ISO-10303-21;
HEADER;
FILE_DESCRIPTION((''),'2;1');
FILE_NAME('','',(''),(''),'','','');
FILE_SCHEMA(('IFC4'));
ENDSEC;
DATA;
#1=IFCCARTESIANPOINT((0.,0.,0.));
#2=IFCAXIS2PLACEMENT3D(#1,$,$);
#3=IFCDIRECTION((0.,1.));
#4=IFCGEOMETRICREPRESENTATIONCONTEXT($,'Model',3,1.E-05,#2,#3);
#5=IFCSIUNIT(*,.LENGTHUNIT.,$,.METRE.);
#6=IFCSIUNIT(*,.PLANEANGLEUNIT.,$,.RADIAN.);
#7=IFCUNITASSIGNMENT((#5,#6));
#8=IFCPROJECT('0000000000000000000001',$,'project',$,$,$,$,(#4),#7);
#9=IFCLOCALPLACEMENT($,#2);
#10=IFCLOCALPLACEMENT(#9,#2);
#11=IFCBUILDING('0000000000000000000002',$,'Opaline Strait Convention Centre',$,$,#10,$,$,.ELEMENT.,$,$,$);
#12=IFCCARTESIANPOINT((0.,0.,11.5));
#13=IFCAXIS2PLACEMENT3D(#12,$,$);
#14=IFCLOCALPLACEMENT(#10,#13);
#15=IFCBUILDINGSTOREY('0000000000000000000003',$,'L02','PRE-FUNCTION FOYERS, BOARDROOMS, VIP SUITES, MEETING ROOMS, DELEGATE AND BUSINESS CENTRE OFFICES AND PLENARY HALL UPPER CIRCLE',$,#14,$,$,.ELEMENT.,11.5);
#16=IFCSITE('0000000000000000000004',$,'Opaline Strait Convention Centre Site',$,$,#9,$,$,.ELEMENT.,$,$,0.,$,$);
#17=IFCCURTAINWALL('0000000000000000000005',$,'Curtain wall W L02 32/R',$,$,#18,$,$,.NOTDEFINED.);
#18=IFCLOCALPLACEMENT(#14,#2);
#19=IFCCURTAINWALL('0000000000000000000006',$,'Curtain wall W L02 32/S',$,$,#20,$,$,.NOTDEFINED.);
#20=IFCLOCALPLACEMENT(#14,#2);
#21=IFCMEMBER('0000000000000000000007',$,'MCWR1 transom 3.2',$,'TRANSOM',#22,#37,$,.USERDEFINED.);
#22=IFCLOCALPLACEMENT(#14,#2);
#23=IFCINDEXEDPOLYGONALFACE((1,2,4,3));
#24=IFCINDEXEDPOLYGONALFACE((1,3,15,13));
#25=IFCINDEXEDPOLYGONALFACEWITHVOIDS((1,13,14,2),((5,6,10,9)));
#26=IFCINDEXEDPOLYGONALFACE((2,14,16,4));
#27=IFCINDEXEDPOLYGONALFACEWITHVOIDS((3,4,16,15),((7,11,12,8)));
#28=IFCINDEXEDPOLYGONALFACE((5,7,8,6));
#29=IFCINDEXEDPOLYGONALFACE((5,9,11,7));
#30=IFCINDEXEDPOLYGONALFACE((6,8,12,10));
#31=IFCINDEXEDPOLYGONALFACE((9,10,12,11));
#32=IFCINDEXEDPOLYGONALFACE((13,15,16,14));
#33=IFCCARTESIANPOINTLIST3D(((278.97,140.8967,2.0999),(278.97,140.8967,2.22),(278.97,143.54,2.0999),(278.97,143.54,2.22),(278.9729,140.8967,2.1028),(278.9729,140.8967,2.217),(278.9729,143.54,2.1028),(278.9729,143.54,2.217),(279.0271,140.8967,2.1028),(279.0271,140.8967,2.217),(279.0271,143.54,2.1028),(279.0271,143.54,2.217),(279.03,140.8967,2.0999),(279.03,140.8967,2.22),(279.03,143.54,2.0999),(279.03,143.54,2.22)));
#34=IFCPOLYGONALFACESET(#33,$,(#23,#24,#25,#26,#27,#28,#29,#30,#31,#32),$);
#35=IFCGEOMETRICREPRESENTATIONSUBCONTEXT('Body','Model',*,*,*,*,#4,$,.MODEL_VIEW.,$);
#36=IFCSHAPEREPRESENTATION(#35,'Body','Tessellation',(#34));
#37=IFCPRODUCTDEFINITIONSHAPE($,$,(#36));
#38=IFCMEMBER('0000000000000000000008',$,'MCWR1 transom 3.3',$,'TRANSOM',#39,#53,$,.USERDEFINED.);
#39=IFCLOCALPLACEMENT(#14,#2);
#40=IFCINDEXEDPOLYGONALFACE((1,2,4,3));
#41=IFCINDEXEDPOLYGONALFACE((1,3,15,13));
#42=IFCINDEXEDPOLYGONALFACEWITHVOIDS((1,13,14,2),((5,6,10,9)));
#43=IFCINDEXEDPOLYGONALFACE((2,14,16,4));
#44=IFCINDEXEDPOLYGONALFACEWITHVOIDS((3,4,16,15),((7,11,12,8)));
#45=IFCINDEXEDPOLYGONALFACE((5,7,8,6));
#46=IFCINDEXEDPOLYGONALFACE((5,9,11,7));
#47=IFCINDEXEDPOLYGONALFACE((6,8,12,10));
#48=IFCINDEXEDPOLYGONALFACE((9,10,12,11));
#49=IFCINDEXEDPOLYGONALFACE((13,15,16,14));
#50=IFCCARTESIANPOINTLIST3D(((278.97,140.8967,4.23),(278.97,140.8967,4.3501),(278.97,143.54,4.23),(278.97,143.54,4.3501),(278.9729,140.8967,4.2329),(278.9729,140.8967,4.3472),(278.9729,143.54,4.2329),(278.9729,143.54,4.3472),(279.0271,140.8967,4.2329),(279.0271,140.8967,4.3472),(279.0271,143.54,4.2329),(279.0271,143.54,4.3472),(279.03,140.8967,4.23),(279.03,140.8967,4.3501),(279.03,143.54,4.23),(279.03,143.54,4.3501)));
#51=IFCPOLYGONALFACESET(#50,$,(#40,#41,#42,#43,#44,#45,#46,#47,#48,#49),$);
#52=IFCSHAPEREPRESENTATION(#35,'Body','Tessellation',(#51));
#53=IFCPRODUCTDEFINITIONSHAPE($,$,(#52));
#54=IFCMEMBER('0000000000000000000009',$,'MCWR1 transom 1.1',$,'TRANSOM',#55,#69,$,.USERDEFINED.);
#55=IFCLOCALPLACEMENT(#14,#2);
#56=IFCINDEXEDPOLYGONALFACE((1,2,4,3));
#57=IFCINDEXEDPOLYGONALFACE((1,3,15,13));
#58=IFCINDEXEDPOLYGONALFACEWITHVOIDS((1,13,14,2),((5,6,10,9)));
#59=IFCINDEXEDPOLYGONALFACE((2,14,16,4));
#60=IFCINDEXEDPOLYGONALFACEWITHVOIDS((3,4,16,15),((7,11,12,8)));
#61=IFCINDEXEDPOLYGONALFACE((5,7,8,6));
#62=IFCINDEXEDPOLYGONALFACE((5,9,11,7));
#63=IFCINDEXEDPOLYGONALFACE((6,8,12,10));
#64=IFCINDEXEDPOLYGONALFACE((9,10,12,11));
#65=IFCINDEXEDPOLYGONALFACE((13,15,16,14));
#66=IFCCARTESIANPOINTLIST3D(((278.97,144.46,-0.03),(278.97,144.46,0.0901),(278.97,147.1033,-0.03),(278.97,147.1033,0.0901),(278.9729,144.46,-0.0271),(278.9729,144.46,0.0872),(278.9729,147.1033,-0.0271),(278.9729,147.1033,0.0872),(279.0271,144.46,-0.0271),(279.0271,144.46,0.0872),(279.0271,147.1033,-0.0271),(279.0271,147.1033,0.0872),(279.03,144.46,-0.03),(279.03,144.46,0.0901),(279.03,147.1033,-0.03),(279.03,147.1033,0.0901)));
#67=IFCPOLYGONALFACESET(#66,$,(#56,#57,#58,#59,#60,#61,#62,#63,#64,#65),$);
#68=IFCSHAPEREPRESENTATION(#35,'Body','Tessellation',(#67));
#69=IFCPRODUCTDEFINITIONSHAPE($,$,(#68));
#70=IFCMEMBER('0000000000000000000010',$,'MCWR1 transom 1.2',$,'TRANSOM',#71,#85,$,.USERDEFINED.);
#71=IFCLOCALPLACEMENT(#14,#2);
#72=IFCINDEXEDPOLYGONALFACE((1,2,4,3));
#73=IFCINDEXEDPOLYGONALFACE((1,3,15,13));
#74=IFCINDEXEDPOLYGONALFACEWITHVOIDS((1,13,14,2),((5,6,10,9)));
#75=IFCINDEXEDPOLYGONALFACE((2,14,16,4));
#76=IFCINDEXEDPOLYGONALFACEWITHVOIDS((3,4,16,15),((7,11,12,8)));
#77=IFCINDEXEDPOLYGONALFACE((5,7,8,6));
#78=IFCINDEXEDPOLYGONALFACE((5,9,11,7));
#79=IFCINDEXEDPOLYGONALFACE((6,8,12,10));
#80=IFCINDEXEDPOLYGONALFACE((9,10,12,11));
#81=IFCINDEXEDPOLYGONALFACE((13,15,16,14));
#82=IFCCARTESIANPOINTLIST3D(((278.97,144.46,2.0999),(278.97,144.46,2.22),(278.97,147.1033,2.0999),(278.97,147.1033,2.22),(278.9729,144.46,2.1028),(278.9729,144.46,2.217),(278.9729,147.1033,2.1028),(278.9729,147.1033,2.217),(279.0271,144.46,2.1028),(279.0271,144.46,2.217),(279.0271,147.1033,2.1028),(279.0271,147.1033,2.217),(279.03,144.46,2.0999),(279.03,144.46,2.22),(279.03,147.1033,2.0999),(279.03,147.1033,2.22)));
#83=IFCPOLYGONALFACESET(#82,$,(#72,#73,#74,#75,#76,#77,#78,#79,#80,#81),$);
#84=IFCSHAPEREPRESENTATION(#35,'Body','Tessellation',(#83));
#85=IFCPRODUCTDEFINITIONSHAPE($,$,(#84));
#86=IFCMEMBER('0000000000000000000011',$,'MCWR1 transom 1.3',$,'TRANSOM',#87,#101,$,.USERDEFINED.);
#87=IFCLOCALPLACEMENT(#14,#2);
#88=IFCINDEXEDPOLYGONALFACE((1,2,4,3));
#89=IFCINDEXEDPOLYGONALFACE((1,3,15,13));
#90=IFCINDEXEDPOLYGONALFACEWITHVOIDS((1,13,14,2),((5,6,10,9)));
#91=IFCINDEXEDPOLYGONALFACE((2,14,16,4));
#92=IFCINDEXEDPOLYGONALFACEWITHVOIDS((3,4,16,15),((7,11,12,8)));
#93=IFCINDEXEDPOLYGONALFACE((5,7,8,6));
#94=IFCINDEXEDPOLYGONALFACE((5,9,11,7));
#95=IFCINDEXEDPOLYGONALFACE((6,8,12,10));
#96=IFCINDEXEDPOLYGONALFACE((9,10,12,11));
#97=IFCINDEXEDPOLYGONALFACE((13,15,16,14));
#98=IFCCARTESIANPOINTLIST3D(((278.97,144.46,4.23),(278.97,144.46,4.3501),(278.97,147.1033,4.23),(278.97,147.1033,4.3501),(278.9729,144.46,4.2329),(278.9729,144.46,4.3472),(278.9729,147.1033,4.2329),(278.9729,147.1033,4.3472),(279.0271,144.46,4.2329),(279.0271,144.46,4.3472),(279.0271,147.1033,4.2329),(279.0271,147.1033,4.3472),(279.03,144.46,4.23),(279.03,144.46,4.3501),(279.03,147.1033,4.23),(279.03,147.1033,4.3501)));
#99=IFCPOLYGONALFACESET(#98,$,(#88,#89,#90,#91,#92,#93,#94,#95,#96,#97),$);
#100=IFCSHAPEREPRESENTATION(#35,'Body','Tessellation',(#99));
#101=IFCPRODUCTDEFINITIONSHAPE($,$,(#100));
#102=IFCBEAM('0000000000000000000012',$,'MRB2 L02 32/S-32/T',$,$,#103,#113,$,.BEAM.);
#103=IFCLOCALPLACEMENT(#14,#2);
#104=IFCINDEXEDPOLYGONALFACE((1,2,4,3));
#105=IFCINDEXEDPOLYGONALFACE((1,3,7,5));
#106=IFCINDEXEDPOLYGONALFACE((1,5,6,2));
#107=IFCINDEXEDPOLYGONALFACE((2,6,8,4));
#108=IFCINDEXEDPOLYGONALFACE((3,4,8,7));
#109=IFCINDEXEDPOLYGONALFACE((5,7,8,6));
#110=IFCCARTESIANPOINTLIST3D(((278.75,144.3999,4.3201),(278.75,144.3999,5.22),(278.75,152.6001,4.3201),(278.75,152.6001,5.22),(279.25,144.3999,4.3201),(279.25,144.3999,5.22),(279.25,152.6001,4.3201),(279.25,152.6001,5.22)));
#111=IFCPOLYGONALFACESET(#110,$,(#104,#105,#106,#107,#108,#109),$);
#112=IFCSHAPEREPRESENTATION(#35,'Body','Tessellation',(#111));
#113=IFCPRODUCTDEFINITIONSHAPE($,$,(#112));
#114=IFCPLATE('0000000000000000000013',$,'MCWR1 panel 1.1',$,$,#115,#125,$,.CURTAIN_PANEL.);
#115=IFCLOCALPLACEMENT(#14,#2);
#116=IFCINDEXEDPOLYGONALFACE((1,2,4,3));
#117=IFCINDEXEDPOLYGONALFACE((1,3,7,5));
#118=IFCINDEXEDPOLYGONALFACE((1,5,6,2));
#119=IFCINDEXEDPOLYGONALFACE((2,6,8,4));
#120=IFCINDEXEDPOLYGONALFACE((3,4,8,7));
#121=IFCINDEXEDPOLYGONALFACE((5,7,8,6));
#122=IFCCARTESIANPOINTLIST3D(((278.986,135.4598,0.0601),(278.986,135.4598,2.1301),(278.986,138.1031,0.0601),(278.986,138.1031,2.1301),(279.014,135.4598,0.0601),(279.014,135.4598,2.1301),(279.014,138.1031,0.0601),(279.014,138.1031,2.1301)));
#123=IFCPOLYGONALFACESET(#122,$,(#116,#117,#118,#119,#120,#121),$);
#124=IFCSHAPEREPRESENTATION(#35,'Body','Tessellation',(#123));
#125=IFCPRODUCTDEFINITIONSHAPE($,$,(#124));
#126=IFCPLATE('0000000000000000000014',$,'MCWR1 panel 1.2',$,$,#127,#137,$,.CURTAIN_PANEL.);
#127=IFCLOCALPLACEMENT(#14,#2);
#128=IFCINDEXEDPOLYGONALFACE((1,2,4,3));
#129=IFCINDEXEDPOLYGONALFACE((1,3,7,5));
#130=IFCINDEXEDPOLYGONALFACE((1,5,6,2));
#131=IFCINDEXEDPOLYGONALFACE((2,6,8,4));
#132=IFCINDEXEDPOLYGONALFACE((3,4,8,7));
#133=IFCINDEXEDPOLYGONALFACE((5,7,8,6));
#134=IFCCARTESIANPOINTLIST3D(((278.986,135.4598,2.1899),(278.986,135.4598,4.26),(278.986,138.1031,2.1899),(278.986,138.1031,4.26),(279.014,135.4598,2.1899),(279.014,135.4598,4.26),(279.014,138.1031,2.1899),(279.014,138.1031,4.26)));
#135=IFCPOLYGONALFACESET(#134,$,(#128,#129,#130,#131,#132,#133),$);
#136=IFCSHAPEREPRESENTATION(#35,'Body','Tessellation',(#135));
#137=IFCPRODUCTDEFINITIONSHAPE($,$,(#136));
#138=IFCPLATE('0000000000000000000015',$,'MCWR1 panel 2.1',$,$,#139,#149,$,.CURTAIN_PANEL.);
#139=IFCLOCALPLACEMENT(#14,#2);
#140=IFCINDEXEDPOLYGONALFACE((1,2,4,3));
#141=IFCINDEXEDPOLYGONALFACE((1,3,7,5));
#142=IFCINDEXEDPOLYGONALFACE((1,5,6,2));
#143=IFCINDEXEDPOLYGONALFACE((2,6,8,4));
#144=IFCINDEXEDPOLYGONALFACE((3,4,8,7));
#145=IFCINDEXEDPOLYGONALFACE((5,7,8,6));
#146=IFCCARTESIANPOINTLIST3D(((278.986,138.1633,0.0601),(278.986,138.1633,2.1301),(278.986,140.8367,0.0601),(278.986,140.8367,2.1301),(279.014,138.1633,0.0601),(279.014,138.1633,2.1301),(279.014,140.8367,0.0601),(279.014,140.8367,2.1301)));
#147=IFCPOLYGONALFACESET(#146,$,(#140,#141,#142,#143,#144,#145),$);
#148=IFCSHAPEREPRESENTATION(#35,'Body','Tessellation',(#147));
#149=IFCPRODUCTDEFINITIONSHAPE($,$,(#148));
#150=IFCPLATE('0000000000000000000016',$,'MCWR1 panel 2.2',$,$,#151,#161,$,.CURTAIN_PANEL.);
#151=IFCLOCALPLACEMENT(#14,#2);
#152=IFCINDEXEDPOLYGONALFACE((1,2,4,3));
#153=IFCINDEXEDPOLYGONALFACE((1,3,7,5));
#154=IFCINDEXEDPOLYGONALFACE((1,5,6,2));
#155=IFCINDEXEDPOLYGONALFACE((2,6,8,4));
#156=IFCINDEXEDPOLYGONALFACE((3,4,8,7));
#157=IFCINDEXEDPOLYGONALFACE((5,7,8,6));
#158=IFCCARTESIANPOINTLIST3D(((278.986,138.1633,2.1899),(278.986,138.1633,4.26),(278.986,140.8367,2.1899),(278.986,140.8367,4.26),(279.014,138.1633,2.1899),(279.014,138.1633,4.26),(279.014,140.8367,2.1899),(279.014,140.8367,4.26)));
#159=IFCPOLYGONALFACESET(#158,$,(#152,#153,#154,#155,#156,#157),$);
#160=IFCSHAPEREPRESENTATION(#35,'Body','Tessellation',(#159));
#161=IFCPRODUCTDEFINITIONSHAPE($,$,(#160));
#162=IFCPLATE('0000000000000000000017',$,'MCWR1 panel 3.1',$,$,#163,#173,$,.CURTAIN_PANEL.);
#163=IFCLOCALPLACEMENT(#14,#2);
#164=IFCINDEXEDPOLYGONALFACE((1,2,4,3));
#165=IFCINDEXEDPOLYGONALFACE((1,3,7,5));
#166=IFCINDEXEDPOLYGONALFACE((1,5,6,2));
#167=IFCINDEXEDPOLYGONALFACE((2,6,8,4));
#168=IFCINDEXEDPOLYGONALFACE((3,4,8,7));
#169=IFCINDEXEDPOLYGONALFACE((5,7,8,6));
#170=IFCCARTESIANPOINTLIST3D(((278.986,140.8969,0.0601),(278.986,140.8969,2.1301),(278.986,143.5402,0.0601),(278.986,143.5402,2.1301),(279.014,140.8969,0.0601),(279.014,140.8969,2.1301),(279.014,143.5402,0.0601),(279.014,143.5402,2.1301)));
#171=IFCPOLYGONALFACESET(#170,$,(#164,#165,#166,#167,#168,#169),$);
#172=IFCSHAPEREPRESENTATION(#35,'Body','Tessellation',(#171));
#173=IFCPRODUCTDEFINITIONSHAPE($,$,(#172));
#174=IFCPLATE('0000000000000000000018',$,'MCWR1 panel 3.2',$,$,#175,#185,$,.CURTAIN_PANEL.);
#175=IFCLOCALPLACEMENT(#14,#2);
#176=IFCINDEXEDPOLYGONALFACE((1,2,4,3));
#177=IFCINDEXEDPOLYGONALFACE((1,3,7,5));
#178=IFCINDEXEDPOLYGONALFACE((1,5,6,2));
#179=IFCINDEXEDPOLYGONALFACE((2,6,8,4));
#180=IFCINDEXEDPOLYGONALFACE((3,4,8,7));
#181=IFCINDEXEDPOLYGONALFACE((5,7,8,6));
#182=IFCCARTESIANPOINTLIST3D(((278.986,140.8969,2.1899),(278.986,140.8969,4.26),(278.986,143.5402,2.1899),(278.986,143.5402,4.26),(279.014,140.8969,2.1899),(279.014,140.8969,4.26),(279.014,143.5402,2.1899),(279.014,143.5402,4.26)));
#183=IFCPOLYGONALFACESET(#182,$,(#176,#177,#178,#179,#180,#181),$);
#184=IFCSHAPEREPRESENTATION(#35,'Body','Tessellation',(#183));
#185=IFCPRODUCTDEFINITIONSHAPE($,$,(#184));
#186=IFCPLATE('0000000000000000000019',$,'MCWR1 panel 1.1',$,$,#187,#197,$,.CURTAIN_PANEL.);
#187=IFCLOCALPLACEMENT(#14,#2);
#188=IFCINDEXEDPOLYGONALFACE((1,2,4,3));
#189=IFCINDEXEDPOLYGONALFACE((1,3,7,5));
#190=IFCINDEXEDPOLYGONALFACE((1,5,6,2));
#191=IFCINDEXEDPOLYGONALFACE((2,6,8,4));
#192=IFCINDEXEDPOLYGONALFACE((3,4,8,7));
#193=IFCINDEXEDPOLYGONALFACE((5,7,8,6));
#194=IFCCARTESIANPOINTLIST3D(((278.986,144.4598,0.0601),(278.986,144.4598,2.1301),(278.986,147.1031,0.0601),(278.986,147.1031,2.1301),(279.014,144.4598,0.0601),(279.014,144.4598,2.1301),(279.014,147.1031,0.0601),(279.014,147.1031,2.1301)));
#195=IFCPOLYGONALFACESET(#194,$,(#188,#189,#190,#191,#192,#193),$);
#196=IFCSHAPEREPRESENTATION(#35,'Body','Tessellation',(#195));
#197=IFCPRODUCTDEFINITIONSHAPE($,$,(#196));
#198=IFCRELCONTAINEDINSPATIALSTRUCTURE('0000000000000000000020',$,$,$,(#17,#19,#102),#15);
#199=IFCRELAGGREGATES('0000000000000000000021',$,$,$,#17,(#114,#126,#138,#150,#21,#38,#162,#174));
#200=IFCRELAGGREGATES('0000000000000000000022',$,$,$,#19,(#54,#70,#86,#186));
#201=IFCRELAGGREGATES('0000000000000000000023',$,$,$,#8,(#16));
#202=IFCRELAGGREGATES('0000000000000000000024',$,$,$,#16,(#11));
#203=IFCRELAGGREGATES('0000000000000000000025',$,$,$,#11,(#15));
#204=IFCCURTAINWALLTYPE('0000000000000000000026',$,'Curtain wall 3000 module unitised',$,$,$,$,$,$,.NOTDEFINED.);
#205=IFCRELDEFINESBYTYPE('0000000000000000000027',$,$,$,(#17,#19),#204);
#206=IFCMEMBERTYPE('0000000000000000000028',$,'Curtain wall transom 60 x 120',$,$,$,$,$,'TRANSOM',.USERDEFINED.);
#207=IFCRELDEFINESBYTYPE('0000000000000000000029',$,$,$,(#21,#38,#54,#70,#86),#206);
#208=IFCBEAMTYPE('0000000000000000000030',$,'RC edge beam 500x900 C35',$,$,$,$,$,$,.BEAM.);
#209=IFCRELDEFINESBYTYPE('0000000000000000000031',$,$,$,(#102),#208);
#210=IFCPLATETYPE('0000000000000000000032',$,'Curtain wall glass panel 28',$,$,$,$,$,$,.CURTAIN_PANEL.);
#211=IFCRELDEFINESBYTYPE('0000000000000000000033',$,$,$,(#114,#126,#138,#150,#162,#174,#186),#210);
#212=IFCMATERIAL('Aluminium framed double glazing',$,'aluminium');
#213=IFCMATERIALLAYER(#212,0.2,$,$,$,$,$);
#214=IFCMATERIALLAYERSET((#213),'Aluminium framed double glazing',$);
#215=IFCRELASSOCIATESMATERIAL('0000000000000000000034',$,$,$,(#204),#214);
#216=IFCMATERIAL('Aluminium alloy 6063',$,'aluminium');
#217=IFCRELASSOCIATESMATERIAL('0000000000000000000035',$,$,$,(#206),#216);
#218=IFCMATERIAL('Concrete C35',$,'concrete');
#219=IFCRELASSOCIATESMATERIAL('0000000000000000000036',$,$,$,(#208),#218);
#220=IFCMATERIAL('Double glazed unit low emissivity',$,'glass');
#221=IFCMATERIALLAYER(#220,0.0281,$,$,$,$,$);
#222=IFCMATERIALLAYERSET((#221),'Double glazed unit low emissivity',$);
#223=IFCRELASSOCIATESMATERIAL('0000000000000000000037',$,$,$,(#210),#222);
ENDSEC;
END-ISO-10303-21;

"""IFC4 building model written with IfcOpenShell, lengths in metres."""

from ifc_helpers import new_model, si_unit, direction, frame, origin, origin_2d, place, context, subcontext, project, spatial, rectangle, hollow_rectangle, extrude, material, layer, layer_set, material_profile, profile_set, type_object, element, aggregate, save


model = new_model("IFC4")

# Units and contexts
model_context = context("Model", 3, precision=1e-05, world=origin(), true_north=direction((0.0, 1.0)))
body_context = subcontext(model_context, "Body", "Model", "MODEL_VIEW")
ifc_project = project(units=[si_unit("LENGTHUNIT", "METRE"), si_unit("PLANEANGLEUNIT", "RADIAN")], contexts=[model_context])

# Site, building, storey
site_placement = place(None, origin())
site = spatial("IfcSite", under=ifc_project, at=site_placement, Name="Opaline Strait Convention Centre Site", CompositionType="ELEMENT", RefElevation=0.0)
building_placement = place(site_placement, origin())
building = spatial("IfcBuilding", under=site, at=building_placement, Name="Opaline Strait Convention Centre", CompositionType="ELEMENT")
storey_placement = place(building_placement, frame((0.0, 0.0, 11.5)))
storey = spatial("IfcBuildingStorey", under=building, at=storey_placement, Name="L02", Description="PRE-FUNCTION FOYERS, BOARDROOMS, VIP SUITES, MEETING ROOMS, DELEGATE AND BUSINESS CENTRE OFFICES AND PLENARY HALL UPPER CIRCLE", CompositionType="ELEMENT", Elevation=11.5)

# Curtain wall
ifc_material_1 = material(Name="Aluminium framed double glazing", Category="aluminium")
ifc_layer_1 = layer(ifc_material_1, 0.2)
ifc_layer_set_1 = layer_set([ifc_layer_1], Name="Aluminium framed double glazing")
curtain_wall_type = type_object("IfcCurtainWallType", Name="Curtain wall 3000 module unitised", PredefinedType="NOTDEFINED", material=ifc_layer_set_1)
curtain_wall_1_placement = place(storey_placement, origin())
curtain_wall_1 = element("IfcCurtainWall", 1, at=curtain_wall_1_placement, inside=storey, type_object=curtain_wall_type, Name="Curtain wall W L02 32/R", PredefinedType="NOTDEFINED")
ifc_material_2 = material(Name="Aluminium alloy 6063", Category="aluminium")

# Curtain wall
curtain_wall_2_placement = place(storey_placement, origin())
curtain_wall_2 = element("IfcCurtainWall", 2, at=curtain_wall_2_placement, inside=storey, type_object=curtain_wall_type, Name="Curtain wall W L02 32/S", PredefinedType="NOTDEFINED")

# Members
ifc_material_profile_1 = material_profile(ifc_material_2, hollow_rectangle(XDim=0.0601, YDim=0.1201, WallThickness=0.0029, at=origin_2d()), Name="TRANSOM 60x120x3")
ifc_profile_set_1 = profile_set([ifc_material_profile_1], Name="Aluminium alloy 6063")
member_type_1 = type_object("IfcMemberType", Name="Curtain wall transom 60 x 120", ElementType="TRANSOM", PredefinedType="USERDEFINED", material=ifc_profile_set_1)
member_1_placement = place(storey_placement, frame((279.0, 140.8967, 2.1599), z_axis=(0.0, 1.0, 0.0), x_axis=(-1.0, 0.0, 0.0)))
member_1 = element("IfcMember", 3, at=member_1_placement, type_object=member_type_1, Name="MCWR1 transom 3.2", ObjectType="TRANSOM", PredefinedType="USERDEFINED", context=body_context, shape_type="SweptSolid", body=[
    extrude(hollow_rectangle(XDim=0.0601, YDim=0.1201, WallThickness=0.0029, at=origin_2d()), origin(), (0.0, 0.0, 1.0), 2.6433),
])
member_2_placement = place(storey_placement, frame((279.0, 140.8967, 4.29), z_axis=(0.0, 1.0, 0.0), x_axis=(-1.0, 0.0, 0.0)))
member_2 = element("IfcMember", 4, at=member_2_placement, type_object=member_type_1, Name="MCWR1 transom 3.3", ObjectType="TRANSOM", PredefinedType="USERDEFINED", context=body_context, shape_type="SweptSolid", body=[
    extrude(hollow_rectangle(XDim=0.0601, YDim=0.1201, WallThickness=0.0029, at=origin_2d()), origin(), (0.0, 0.0, 1.0), 2.6433),
])
member_3_placement = place(storey_placement, frame((279.0, 144.46, 0.03), z_axis=(0.0, 1.0, 0.0), x_axis=(-1.0, 0.0, 0.0)))
member_3 = element("IfcMember", 5, at=member_3_placement, type_object=member_type_1, Name="MCWR1 transom 1.1", ObjectType="TRANSOM", PredefinedType="USERDEFINED", context=body_context, shape_type="SweptSolid", body=[
    extrude(hollow_rectangle(XDim=0.0601, YDim=0.1201, WallThickness=0.0029, at=origin_2d()), origin(), (0.0, 0.0, 1.0), 2.6433),
])
member_4_placement = place(storey_placement, frame((279.0, 144.46, 2.1599), z_axis=(0.0, 1.0, 0.0), x_axis=(-1.0, 0.0, 0.0)))
member_4 = element("IfcMember", 6, at=member_4_placement, type_object=member_type_1, Name="MCWR1 transom 1.2", ObjectType="TRANSOM", PredefinedType="USERDEFINED", context=body_context, shape_type="SweptSolid", body=[
    extrude(hollow_rectangle(XDim=0.0601, YDim=0.1201, WallThickness=0.0029, at=origin_2d()), origin(), (0.0, 0.0, 1.0), 2.6433),
])
member_5_placement = place(storey_placement, frame((279.0, 144.46, 4.29), z_axis=(0.0, 1.0, 0.0), x_axis=(-1.0, 0.0, 0.0)))
member_5 = element("IfcMember", 7, at=member_5_placement, type_object=member_type_1, Name="MCWR1 transom 1.3", ObjectType="TRANSOM", PredefinedType="USERDEFINED", context=body_context, shape_type="SweptSolid", body=[
    extrude(hollow_rectangle(XDim=0.0601, YDim=0.1201, WallThickness=0.0029, at=origin_2d()), origin(), (0.0, 0.0, 1.0), 2.6433),
])

# Beam
ifc_material_3 = material(Name="Concrete C35", Category="concrete")
ifc_material_profile_2 = material_profile(ifc_material_3, rectangle(XDim=0.5, YDim=0.8999, at=origin_2d()), Name="RC 500x900")
ifc_profile_set_2 = profile_set([ifc_material_profile_2], Name="Concrete C35")
beam_type = type_object("IfcBeamType", Name="RC edge beam 500x900 C35", PredefinedType="BEAM", material=ifc_profile_set_2)
beam_placement = place(storey_placement, frame((279.0, 144.3999, 4.77), z_axis=(0.0, 1.0, 0.0), x_axis=(-1.0, 0.0, 0.0)))
element("IfcBeam", 8, at=beam_placement, inside=storey, type_object=beam_type, Name="MRB2 L02 32/S-32/T", PredefinedType="BEAM", context=body_context, shape_type="SweptSolid", body=[
    extrude(rectangle(XDim=0.5, YDim=0.8999, at=origin_2d()), origin(), (0.0, 0.0, 1.0), 8.2002),
])

# Plates
ifc_material_4 = material(Name="Double glazed unit low emissivity", Category="glass")
ifc_layer_2 = layer(ifc_material_4, 0.0281)
ifc_layer_set_2 = layer_set([ifc_layer_2], Name="Double glazed unit low emissivity")
plate_type = type_object("IfcPlateType", Name="Curtain wall glass panel 28", PredefinedType="CURTAIN_PANEL", material=ifc_layer_set_2)
plate_1_placement = place(storey_placement, frame((279.0, 136.7815, 0.0601), z_axis=(0.0, 0.0, 1.0), x_axis=(0.0, 1.0, 0.0)))
plate_1 = element("IfcPlate", 9, at=plate_1_placement, type_object=plate_type, Name="MCWR1 panel 1.1", PredefinedType="CURTAIN_PANEL", context=body_context, shape_type="SweptSolid", body=[
    extrude(rectangle(XDim=2.6433, YDim=0.0281, at=origin_2d()), origin(), (0.0, 0.0, 1.0), 2.0701),
])
plate_2_placement = place(storey_placement, frame((279.0, 136.7815, 2.1899), z_axis=(0.0, 0.0, 1.0), x_axis=(0.0, 1.0, 0.0)))
plate_2 = element("IfcPlate", 10, at=plate_2_placement, type_object=plate_type, Name="MCWR1 panel 1.2", PredefinedType="CURTAIN_PANEL", context=body_context, shape_type="SweptSolid", body=[
    extrude(rectangle(XDim=2.6433, YDim=0.0281, at=origin_2d()), origin(), (0.0, 0.0, 1.0), 2.0701),
])
plate_3_placement = place(storey_placement, frame((279.0, 139.5, 0.0601), z_axis=(0.0, 0.0, 1.0), x_axis=(0.0, 1.0, 0.0)))
plate_3 = element("IfcPlate", 11, at=plate_3_placement, type_object=plate_type, Name="MCWR1 panel 2.1", PredefinedType="CURTAIN_PANEL", context=body_context, shape_type="SweptSolid", body=[
    extrude(rectangle(XDim=2.6733, YDim=0.0281, at=origin_2d()), origin(), (0.0, 0.0, 1.0), 2.0701),
])
plate_4_placement = place(storey_placement, frame((279.0, 139.5, 2.1899), z_axis=(0.0, 0.0, 1.0), x_axis=(0.0, 1.0, 0.0)))
plate_4 = element("IfcPlate", 12, at=plate_4_placement, type_object=plate_type, Name="MCWR1 panel 2.2", PredefinedType="CURTAIN_PANEL", context=body_context, shape_type="SweptSolid", body=[
    extrude(rectangle(XDim=2.6733, YDim=0.0281, at=origin_2d()), origin(), (0.0, 0.0, 1.0), 2.0701),
])
plate_5_placement = place(storey_placement, frame((279.0, 142.2185, 0.0601), z_axis=(0.0, 0.0, 1.0), x_axis=(0.0, 1.0, 0.0)))
plate_5 = element("IfcPlate", 13, at=plate_5_placement, type_object=plate_type, Name="MCWR1 panel 3.1", PredefinedType="CURTAIN_PANEL", context=body_context, shape_type="SweptSolid", body=[
    extrude(rectangle(XDim=2.6433, YDim=0.0281, at=origin_2d()), origin(), (0.0, 0.0, 1.0), 2.0701),
])
plate_6_placement = place(storey_placement, frame((279.0, 142.2185, 2.1899), z_axis=(0.0, 0.0, 1.0), x_axis=(0.0, 1.0, 0.0)))
plate_6 = element("IfcPlate", 14, at=plate_6_placement, type_object=plate_type, Name="MCWR1 panel 3.2", PredefinedType="CURTAIN_PANEL", context=body_context, shape_type="SweptSolid", body=[
    extrude(rectangle(XDim=2.6433, YDim=0.0281, at=origin_2d()), origin(), (0.0, 0.0, 1.0), 2.0701),
])
aggregate(curtain_wall_1, [plate_1, plate_2, plate_3, plate_4, member_1, member_2, plate_5, plate_6])
plate_7_placement = place(storey_placement, frame((279.0, 145.7815, 0.0601), z_axis=(0.0, 0.0, 1.0), x_axis=(0.0, 1.0, 0.0)))
plate_7 = element("IfcPlate", 15, at=plate_7_placement, type_object=plate_type, Name="MCWR1 panel 1.1", PredefinedType="CURTAIN_PANEL", context=body_context, shape_type="SweptSolid", body=[
    extrude(rectangle(XDim=2.6433, YDim=0.0281, at=origin_2d()), origin(), (0.0, 0.0, 1.0), 2.0701),
])
aggregate(curtain_wall_2, [member_3, member_4, member_5, plate_7])

save(model, "model.ifc")
